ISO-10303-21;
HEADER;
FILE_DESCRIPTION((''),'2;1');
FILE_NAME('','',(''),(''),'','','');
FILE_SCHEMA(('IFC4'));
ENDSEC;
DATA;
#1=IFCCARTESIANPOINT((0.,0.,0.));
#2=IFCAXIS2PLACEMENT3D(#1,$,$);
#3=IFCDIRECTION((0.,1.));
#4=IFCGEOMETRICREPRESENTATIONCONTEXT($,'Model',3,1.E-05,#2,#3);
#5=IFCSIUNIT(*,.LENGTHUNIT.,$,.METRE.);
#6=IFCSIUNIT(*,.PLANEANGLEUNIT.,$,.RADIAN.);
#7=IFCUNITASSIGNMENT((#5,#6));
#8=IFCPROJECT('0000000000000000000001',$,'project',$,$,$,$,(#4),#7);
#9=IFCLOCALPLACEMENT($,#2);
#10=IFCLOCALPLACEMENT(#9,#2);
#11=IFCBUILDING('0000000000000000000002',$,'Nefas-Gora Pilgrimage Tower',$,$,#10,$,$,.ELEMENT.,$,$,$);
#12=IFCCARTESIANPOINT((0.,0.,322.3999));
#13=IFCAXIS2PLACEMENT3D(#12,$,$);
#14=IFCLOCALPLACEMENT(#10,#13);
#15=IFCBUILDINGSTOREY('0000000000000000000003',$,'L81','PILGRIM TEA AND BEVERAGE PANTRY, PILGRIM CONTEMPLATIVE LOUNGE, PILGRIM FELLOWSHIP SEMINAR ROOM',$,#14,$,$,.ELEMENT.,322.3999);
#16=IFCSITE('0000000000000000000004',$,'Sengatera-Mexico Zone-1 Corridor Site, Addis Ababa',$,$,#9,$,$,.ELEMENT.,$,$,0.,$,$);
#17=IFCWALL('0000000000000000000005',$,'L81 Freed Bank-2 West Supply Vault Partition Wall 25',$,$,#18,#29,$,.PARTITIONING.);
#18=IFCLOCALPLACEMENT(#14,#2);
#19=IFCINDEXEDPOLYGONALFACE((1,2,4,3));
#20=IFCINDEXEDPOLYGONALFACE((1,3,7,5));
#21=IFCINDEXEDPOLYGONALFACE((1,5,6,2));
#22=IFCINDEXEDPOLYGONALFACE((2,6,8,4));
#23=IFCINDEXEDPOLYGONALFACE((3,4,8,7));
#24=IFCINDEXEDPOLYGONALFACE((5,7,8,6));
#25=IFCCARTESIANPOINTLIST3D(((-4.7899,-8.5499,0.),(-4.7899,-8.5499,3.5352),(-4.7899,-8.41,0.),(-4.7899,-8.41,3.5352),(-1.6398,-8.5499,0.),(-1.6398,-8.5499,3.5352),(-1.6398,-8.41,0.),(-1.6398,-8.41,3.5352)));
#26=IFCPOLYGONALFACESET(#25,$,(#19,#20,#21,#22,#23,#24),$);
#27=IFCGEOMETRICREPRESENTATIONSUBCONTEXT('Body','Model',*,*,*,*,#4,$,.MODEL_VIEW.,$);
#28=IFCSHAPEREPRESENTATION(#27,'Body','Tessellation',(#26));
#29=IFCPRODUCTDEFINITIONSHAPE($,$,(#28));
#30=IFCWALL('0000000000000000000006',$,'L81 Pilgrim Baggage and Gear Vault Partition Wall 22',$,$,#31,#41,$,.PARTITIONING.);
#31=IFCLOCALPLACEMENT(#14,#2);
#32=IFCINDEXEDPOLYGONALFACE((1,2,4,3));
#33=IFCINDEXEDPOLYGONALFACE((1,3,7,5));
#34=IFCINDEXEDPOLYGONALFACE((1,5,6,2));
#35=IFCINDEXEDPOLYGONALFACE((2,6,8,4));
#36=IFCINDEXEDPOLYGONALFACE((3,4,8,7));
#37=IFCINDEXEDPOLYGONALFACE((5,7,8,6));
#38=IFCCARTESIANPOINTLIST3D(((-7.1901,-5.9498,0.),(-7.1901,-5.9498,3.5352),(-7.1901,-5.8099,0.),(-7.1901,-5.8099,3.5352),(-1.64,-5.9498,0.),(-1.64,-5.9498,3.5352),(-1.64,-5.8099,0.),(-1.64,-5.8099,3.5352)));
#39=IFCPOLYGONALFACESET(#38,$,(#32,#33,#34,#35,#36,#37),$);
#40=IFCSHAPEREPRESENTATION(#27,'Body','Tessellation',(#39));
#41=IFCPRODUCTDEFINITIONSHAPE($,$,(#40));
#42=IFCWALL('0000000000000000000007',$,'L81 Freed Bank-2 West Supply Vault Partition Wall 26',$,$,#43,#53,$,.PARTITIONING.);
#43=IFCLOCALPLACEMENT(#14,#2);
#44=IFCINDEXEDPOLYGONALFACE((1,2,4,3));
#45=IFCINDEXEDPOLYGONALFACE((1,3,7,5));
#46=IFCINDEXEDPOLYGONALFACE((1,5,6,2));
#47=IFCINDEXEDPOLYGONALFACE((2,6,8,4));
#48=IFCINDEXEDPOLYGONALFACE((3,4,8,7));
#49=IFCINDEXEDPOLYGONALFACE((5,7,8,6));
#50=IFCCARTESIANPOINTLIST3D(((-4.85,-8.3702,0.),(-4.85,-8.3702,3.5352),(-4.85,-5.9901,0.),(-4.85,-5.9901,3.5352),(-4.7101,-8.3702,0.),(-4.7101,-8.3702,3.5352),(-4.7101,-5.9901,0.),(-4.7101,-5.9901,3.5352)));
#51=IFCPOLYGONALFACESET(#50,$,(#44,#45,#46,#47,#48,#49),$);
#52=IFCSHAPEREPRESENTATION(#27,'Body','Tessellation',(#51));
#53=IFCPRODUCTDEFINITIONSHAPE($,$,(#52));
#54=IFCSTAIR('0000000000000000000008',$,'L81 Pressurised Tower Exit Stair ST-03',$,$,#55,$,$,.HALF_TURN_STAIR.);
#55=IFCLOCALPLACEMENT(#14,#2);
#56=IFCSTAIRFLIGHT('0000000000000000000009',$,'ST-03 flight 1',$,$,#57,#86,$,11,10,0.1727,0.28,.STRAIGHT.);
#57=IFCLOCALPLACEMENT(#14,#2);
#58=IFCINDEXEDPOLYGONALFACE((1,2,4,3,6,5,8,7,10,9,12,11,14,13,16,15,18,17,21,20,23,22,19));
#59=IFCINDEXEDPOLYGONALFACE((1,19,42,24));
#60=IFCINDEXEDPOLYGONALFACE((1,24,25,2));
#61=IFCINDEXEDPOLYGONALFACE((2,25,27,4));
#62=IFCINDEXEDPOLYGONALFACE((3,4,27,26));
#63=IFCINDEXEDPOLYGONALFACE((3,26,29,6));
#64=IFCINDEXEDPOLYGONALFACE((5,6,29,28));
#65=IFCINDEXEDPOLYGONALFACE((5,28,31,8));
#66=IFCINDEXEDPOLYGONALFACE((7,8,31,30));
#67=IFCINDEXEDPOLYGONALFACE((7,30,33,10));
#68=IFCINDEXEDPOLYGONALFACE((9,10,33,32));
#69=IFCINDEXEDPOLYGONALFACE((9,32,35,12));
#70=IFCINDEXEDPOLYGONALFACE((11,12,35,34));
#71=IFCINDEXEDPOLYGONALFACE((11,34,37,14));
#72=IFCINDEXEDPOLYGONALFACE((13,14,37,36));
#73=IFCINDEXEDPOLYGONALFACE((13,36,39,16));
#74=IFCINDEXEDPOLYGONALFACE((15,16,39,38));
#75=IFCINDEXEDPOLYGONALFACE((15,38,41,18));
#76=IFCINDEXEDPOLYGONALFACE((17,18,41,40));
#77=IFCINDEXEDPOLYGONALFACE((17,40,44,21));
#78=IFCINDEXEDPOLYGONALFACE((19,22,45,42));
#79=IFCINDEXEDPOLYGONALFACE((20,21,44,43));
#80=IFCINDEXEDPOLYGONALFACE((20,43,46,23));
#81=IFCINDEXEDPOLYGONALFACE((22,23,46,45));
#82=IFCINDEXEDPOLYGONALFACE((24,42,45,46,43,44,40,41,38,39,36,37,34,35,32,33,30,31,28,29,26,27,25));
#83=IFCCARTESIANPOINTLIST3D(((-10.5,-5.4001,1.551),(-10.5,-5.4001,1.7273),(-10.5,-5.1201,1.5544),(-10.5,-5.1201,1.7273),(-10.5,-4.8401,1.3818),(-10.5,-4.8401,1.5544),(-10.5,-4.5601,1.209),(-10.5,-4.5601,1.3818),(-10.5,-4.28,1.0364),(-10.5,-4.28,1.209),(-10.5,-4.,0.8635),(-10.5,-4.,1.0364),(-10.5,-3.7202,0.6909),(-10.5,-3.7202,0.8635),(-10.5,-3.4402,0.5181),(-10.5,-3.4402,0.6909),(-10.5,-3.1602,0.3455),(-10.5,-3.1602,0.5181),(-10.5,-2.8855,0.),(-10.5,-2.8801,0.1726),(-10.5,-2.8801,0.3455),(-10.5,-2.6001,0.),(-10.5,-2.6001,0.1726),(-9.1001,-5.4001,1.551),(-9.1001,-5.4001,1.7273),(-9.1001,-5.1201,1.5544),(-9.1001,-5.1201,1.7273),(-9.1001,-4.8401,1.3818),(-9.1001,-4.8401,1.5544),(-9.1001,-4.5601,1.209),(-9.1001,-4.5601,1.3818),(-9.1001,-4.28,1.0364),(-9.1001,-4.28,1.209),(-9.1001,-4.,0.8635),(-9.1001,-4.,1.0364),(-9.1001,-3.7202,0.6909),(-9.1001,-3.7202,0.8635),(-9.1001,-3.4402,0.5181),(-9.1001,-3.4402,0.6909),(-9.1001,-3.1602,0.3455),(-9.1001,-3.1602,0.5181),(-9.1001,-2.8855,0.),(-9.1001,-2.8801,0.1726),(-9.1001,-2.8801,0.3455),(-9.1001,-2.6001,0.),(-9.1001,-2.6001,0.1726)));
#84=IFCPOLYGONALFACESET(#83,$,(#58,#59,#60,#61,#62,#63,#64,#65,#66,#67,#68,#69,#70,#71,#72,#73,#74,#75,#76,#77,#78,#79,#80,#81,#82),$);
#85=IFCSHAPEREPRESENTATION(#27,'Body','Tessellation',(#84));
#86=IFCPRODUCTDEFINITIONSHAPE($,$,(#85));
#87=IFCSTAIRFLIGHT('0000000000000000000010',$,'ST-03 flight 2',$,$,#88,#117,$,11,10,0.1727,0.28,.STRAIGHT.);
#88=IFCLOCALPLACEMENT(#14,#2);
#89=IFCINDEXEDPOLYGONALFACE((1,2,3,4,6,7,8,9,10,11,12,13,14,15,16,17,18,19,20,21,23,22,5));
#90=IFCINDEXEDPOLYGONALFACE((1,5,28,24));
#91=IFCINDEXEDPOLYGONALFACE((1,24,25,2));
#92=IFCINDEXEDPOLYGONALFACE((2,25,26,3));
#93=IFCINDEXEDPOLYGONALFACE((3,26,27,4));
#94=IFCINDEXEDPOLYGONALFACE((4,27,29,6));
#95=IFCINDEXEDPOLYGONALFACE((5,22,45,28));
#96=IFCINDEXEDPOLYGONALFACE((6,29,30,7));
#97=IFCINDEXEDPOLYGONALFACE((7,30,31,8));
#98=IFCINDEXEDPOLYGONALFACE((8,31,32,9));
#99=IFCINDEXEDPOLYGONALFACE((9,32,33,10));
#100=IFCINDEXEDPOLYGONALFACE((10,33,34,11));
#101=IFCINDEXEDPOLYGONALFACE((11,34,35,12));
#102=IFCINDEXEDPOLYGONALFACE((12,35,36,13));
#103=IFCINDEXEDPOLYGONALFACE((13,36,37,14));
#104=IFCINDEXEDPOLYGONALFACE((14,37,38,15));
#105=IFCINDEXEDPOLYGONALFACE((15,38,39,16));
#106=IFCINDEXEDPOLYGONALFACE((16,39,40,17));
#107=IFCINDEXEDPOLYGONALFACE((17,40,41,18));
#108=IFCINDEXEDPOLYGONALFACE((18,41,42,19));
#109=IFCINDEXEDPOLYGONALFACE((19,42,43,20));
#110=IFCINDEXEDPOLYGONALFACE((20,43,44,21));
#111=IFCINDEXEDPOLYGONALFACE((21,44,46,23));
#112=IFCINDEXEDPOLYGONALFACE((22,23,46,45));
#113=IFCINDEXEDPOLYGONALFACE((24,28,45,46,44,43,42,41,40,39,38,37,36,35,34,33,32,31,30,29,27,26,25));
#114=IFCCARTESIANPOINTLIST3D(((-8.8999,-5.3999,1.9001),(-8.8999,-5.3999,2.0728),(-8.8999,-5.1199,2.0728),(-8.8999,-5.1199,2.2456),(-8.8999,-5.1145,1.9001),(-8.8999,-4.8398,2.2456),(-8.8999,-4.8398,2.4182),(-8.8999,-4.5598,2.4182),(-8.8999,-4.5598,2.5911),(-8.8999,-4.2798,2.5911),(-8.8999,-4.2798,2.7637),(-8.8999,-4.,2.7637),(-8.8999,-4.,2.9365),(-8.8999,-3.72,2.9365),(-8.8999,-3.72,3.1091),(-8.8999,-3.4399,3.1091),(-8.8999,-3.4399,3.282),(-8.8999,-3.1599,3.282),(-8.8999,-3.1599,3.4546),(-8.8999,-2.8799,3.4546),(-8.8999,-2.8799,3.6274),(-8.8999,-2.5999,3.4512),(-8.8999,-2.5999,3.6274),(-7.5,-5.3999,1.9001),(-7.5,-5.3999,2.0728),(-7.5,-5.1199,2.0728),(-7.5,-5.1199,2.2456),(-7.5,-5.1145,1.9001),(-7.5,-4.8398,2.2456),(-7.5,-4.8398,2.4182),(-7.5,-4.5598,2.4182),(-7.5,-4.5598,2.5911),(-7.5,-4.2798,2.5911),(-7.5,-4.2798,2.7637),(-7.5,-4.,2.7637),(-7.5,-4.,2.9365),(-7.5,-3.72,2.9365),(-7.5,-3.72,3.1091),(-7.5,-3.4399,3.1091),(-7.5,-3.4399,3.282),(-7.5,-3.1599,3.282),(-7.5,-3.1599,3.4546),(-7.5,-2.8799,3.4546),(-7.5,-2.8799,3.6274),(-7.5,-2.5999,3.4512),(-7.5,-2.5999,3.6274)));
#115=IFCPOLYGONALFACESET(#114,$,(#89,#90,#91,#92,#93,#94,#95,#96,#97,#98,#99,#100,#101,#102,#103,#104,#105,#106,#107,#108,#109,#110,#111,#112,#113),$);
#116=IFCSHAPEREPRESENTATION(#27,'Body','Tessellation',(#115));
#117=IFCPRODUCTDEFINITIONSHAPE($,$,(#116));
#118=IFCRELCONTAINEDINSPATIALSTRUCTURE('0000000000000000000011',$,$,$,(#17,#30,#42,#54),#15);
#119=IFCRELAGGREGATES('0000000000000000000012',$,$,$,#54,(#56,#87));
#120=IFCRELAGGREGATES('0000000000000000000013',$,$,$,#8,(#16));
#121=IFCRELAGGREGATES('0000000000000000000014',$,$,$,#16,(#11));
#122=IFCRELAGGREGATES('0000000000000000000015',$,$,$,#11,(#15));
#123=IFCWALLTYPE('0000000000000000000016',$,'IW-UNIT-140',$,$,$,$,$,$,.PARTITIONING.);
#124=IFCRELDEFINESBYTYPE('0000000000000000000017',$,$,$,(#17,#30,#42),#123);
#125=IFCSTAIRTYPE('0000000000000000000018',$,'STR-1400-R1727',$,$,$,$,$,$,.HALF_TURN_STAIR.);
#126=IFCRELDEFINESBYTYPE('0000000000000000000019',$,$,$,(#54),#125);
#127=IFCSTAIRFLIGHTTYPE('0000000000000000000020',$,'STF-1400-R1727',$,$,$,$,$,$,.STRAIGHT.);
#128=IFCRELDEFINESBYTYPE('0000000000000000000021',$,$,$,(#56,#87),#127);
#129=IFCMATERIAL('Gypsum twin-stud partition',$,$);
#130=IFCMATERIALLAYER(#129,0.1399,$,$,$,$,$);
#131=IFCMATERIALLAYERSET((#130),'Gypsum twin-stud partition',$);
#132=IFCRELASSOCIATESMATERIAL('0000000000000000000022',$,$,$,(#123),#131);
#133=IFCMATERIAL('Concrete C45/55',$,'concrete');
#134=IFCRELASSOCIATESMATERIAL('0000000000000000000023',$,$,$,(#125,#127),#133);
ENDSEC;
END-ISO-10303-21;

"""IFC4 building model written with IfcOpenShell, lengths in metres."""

from ifc_helpers import new_model, si_unit, direction, frame, frame_2d, origin, place, context, subcontext, project, spatial, polyline, rectangle, outline, extrude, source, transform, mapped, material, layer, layer_set, type_object, element, aggregate, save


model = new_model("IFC4")

# Units and contexts
model_context = context("Model", 3, precision=1e-05, world=origin(), true_north=direction((0.0, 1.0)))
body_context = subcontext(model_context, "Body", "Model", "MODEL_VIEW")
ifc_project = project(units=[si_unit("LENGTHUNIT", "METRE"), si_unit("PLANEANGLEUNIT", "RADIAN")], contexts=[model_context])

# Site, building, storey
site_placement = place(None, origin())
site = spatial("IfcSite", under=ifc_project, at=site_placement, Name="Sengatera-Mexico Zone-1 Corridor Site, Addis Ababa", CompositionType="ELEMENT", RefElevation=0.0)
building_placement = place(site_placement, origin())
building = spatial("IfcBuilding", under=site, at=building_placement, Name="Nefas-Gora Pilgrimage Tower", CompositionType="ELEMENT")
storey_placement = place(building_placement, frame((0.0, 0.0, 322.3999)))
storey = spatial("IfcBuildingStorey", under=building, at=storey_placement, Name="L81", Description="PILGRIM TEA AND BEVERAGE PANTRY, PILGRIM CONTEMPLATIVE LOUNGE, PILGRIM FELLOWSHIP SEMINAR ROOM", CompositionType="ELEMENT", Elevation=322.3999)

# Shared definitions
ifc_material_1 = material(Name="Concrete C45/55", Category="concrete")

# Wall
ifc_material_2 = material(Name="Gypsum twin-stud partition")
ifc_layer_1 = layer(ifc_material_2, 0.1399)
ifc_layer_set_1 = layer_set([ifc_layer_1], Name="Gypsum twin-stud partition")
wall_type_1 = type_object("IfcWallType", Name="IW-UNIT-140", PredefinedType="PARTITIONING", material=ifc_layer_set_1)
shared_shape_1 = source(origin(), body_context, "Body", "SweptSolid", [
    extrude(rectangle(XDim=3.1501, YDim=0.1399, at=frame_2d((1.5752, 0.0))), origin(), (0.0, 0.0, 1.0), 3.5352),
])
wall_1_placement = place(storey_placement, frame((-4.79, -8.48, 0.0), z_axis=(0.0, 0.0, 1.0), x_axis=(1.0, 0.0, 0.0)))
element("IfcWall", 1, at=wall_1_placement, inside=storey, type_object=wall_type_1, Name="L81 Freed Bank-2 West Supply Vault Partition Wall 25", PredefinedType="PARTITIONING", context=body_context, shape_type="MappedRepresentation", body=[
    mapped(shared_shape_1, transform((0.0, 0.0, 0.0), x_axis=(1.0, 0.0, 0.0), y_axis=(0.0, 1.0, 0.0), z_axis=(0.0, 0.0, 1.0), scale=1.0)),
])

# Walls
shared_shape_2 = source(origin(), body_context, "Body", "SweptSolid", [
    extrude(rectangle(XDim=5.55, YDim=0.1399, at=frame_2d((2.7749, 0.0))), origin(), (0.0, 0.0, 1.0), 3.5352),
])
wall_2_placement = place(storey_placement, frame((-7.1899, -5.8799, 0.0), z_axis=(0.0, 0.0, 1.0), x_axis=(1.0, 0.0, 0.0)))
element("IfcWall", 2, at=wall_2_placement, inside=storey, type_object=wall_type_1, Name="L81 Pilgrim Baggage and Gear Vault Partition Wall 22", PredefinedType="PARTITIONING", context=body_context, shape_type="MappedRepresentation", body=[
    mapped(shared_shape_2, transform((0.0, 0.0, 0.0), x_axis=(1.0, 0.0, 0.0), y_axis=(0.0, 1.0, 0.0), z_axis=(0.0, 0.0, 1.0), scale=1.0)),
])
shared_shape_3 = source(origin(), body_context, "Body", "SweptSolid", [
    extrude(rectangle(XDim=2.3801, YDim=0.1399, at=frame_2d((1.1899, 0.0))), origin(), (0.0, 0.0, 1.0), 3.5352),
])
wall_3_placement = place(storey_placement, frame((-4.78, -8.3701, 0.0), z_axis=(0.0, 0.0, 1.0), x_axis=(0.0, 1.0, 0.0)))
element("IfcWall", 3, at=wall_3_placement, inside=storey, type_object=wall_type_1, Name="L81 Freed Bank-2 West Supply Vault Partition Wall 26", PredefinedType="PARTITIONING", context=body_context, shape_type="MappedRepresentation", body=[
    mapped(shared_shape_3, transform((0.0, 0.0, 0.0), x_axis=(1.0, 0.0, 0.0), y_axis=(0.0, 1.0, 0.0), z_axis=(0.0, 0.0, 1.0), scale=1.0)),
])

# Stair, stair flights
stair_type = type_object("IfcStairType", Name="STR-1400-R1727", PredefinedType="HALF_TURN_STAIR", material=ifc_material_1)
stair_placement = place(storey_placement, origin())
stair = element("IfcStair", 4, at=stair_placement, inside=storey, type_object=stair_type, Name="L81 Pressurised Tower Exit Stair ST-03", PredefinedType="HALF_TURN_STAIR")
stair_flight_type = type_object("IfcStairFlightType", Name="STF-1400-R1727", PredefinedType="STRAIGHT", material=ifc_material_1)
shared_shape_4 = source(origin(), body_context, "Body", "SweptSolid", [
    extrude(outline(polyline([(0.0, 0.0), (0.0, 0.1726), (0.28, 0.1726), (0.28, 0.3455), (0.5601, 0.3455), (0.5601, 0.5181), (0.8401, 0.5181), (0.8401, 0.6909), (1.1201, 0.6909), (1.1201, 0.8635), (1.3999, 0.8635), (1.3999, 1.0364), (1.6799, 1.0364), (1.6799, 1.209), (1.96, 1.209), (1.96, 1.3818), (2.24, 1.3818), (2.24, 1.5544), (2.52, 1.5544), (2.52, 1.7273), (2.8, 1.7273), (2.8, 1.8999), (2.8, 1.551), (0.2854, 0.0), (0.0, 0.0)])), frame((0.0, 0.7, 0.0), z_axis=(0.0, -1.0, 0.0), x_axis=(1.0, 0.0, 0.0)), (0.0, 0.0, 1.0), 1.3999),
])
stair_flight_1_placement = place(storey_placement, frame((-9.8, -2.6001, 0.0), z_axis=(0.0, 0.0, 1.0), x_axis=(0.0, -1.0, 0.0)))
stair_flight_1 = element("IfcStairFlight", 5, at=stair_flight_1_placement, type_object=stair_flight_type, Name="ST-03 flight 1", NumberOfRisers=11, NumberOfTreads=10, PredefinedType="STRAIGHT", RiserHeight=0.1727, TreadLength=0.28, context=body_context, shape_type="MappedRepresentation", body=[
    mapped(shared_shape_4, transform((0.0, 0.0, 0.0), x_axis=(1.0, 0.0, 0.0), y_axis=(0.0, 1.0, 0.0), z_axis=(0.0, 0.0, 1.0), scale=1.0)),
])
stair_flight_2_placement = place(storey_placement, frame((-8.2, -5.3999, 1.9001), z_axis=(0.0, 0.0, 1.0), x_axis=(0.0, 1.0, 0.0)))
stair_flight_2 = element("IfcStairFlight", 6, at=stair_flight_2_placement, type_object=stair_flight_type, Name="ST-03 flight 2", NumberOfRisers=11, NumberOfTreads=10, PredefinedType="STRAIGHT", RiserHeight=0.1727, TreadLength=0.28, context=body_context, shape_type="MappedRepresentation", body=[
    mapped(shared_shape_4, transform((0.0, 0.0, 0.0), x_axis=(1.0, 0.0, 0.0), y_axis=(0.0, 1.0, 0.0), z_axis=(0.0, 0.0, 1.0), scale=1.0)),
])
aggregate(stair, [stair_flight_1, stair_flight_2])

save(model, "model.ifc")
